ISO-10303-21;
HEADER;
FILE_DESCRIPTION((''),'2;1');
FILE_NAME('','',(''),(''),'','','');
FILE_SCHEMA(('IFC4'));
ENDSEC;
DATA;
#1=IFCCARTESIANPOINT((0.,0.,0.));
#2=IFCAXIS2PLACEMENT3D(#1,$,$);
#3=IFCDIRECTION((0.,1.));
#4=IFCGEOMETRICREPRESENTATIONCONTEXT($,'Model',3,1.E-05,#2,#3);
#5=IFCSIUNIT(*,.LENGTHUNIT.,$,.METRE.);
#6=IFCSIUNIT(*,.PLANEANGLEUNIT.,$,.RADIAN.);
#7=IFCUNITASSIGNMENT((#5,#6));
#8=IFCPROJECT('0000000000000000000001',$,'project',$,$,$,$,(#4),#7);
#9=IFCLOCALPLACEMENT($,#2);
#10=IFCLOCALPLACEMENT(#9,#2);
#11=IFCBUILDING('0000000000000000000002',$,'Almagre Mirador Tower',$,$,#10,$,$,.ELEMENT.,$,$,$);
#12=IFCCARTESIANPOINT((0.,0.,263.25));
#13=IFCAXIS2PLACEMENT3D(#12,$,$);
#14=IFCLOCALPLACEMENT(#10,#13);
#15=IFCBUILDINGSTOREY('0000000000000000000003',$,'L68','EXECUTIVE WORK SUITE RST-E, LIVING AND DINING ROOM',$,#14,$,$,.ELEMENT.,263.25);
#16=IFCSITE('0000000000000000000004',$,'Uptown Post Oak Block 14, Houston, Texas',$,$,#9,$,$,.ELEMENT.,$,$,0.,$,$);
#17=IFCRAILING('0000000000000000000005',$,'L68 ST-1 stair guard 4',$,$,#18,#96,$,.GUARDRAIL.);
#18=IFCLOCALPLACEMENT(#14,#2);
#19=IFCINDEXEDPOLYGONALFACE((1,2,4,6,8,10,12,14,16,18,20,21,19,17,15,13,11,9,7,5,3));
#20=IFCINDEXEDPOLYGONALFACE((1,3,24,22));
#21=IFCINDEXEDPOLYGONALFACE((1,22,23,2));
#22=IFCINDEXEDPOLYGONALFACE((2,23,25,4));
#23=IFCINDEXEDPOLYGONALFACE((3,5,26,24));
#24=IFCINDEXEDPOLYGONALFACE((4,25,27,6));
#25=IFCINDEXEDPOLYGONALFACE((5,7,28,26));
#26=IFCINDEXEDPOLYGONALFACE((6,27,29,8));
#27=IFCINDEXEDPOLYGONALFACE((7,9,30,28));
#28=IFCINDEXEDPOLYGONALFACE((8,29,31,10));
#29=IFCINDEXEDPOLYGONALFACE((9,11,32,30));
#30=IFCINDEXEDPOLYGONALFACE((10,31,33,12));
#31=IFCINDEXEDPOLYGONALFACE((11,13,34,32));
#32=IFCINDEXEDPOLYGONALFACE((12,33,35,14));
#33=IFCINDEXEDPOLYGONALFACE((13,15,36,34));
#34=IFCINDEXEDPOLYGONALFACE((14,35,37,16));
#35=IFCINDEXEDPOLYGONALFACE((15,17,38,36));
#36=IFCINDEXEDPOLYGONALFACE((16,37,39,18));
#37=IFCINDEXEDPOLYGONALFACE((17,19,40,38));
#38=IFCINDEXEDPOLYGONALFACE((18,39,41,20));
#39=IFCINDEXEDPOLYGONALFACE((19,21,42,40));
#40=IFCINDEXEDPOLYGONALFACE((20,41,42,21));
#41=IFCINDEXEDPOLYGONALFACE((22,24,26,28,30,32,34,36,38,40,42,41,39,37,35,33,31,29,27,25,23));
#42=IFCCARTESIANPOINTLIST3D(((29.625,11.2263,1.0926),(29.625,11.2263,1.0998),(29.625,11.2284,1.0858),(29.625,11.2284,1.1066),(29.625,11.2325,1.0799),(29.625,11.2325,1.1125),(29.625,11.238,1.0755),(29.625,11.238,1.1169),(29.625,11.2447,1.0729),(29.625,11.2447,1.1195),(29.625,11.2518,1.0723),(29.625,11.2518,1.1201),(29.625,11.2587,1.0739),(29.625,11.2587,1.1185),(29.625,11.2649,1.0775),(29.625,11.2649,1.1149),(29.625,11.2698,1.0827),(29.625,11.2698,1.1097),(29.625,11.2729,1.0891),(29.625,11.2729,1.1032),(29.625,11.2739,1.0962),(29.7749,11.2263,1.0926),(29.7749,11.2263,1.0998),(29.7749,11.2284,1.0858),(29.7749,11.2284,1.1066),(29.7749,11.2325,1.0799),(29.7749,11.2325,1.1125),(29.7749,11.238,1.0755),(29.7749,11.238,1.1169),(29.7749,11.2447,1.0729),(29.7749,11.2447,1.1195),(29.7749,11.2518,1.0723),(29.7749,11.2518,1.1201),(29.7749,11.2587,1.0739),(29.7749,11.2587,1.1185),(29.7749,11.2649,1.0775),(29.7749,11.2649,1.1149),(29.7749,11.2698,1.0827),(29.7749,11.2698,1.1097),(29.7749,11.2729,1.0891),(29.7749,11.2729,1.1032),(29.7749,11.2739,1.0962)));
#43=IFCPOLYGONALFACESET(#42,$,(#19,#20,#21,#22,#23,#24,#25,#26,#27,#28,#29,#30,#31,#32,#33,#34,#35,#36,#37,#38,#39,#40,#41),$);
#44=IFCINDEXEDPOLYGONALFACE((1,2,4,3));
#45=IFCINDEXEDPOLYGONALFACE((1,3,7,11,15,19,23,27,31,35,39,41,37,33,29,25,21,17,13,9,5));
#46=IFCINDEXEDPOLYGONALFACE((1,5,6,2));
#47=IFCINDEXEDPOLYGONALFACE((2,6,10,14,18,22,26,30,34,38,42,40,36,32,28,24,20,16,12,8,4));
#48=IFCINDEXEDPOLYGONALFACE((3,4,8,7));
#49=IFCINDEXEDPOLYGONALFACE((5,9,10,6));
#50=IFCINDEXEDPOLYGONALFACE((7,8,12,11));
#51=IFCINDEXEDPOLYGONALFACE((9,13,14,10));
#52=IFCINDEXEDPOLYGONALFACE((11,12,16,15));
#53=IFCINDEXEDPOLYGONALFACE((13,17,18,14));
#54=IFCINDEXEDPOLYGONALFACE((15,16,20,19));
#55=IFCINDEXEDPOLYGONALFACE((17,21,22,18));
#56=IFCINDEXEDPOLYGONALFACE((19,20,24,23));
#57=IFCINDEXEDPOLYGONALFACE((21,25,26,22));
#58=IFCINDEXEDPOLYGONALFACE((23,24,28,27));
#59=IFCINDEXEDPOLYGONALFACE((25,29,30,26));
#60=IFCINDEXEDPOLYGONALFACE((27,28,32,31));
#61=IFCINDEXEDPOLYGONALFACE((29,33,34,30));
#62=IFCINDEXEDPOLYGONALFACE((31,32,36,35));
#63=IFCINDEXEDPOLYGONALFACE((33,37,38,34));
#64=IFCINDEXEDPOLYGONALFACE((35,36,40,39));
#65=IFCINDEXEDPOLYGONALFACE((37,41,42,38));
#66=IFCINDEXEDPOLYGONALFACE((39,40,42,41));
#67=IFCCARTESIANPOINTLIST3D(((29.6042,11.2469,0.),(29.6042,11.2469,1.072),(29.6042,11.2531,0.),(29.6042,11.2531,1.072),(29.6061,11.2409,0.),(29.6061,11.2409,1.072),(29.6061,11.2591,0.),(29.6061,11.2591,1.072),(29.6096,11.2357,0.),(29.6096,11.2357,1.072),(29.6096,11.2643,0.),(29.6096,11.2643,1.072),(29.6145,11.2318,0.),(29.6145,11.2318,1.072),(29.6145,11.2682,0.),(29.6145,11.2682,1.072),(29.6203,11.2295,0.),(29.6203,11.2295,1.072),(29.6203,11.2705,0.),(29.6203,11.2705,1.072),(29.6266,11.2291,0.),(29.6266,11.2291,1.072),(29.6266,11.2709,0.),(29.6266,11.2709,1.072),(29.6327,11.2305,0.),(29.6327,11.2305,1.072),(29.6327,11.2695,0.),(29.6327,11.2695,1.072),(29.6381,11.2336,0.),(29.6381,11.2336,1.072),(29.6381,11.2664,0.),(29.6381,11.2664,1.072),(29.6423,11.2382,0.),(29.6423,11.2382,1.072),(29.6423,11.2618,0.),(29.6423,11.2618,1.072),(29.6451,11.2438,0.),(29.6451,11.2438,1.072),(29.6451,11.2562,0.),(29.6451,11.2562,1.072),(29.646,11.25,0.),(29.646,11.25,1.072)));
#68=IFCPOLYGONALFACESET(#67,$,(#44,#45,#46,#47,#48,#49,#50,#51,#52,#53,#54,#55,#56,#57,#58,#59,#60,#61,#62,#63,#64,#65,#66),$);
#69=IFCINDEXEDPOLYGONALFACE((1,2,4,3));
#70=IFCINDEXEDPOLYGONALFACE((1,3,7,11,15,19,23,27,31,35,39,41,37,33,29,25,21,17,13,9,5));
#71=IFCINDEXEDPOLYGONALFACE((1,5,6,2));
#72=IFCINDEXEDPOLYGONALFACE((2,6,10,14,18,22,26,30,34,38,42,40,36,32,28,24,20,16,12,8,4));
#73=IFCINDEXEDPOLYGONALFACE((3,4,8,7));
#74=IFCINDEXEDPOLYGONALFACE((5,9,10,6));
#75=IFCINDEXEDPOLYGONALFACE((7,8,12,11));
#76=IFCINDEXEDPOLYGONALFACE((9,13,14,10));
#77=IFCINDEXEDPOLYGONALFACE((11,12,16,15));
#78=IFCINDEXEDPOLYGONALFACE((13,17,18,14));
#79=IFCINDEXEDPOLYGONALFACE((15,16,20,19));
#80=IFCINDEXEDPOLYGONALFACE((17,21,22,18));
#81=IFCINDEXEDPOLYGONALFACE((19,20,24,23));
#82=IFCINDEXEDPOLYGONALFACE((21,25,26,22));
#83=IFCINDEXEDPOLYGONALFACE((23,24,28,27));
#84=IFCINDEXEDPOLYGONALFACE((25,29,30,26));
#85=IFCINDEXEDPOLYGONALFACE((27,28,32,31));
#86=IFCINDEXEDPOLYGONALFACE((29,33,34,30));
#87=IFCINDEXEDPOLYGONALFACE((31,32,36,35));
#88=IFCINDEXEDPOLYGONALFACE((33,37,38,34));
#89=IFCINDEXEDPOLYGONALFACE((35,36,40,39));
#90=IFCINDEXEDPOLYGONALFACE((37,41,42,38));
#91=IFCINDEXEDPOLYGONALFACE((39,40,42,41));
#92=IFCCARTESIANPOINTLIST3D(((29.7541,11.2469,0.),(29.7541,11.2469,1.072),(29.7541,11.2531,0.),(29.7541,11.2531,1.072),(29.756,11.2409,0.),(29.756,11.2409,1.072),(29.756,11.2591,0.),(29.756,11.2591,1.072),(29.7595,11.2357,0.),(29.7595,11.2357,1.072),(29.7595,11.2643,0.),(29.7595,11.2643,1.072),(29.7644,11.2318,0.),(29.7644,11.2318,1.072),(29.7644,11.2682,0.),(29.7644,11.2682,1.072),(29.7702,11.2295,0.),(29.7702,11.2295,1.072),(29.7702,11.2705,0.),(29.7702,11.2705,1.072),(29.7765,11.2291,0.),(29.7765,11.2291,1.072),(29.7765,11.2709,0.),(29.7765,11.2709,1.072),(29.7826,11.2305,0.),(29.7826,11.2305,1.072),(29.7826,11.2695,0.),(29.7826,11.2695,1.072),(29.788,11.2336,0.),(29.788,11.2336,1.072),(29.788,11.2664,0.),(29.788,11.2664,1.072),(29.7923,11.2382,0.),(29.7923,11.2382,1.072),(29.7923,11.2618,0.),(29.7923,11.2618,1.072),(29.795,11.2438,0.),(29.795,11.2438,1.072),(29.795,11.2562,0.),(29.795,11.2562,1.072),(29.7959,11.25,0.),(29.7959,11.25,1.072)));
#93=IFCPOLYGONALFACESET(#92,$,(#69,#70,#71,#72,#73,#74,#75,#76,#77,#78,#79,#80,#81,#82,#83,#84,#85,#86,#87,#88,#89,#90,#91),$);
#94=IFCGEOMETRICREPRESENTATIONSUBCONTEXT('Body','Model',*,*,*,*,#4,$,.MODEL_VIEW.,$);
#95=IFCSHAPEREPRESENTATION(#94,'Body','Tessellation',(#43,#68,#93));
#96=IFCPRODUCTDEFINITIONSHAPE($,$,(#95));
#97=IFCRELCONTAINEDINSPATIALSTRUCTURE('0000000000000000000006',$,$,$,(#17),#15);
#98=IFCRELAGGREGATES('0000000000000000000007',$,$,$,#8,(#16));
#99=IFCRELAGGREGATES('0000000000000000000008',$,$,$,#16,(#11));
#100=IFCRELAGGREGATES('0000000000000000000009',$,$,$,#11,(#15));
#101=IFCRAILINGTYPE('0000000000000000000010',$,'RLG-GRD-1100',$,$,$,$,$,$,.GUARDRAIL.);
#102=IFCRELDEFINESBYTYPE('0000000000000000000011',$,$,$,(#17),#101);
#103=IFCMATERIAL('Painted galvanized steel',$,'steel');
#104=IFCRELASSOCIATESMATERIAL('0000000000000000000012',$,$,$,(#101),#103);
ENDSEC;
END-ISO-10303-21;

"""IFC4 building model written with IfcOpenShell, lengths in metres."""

from ifc_helpers import new_model, si_unit, direction, frame, origin, origin_2d, place, context, subcontext, project, spatial, circle, extrude, material, type_object, element, save


model = new_model("IFC4")

# Units and contexts
model_context = context("Model", 3, precision=1e-05, world=origin(), true_north=direction((0.0, 1.0)))
body_context = subcontext(model_context, "Body", "Model", "MODEL_VIEW")
ifc_project = project(units=[si_unit("LENGTHUNIT", "METRE"), si_unit("PLANEANGLEUNIT", "RADIAN")], contexts=[model_context])

# Site, building, storey
site_placement = place(None, origin())
site = spatial("IfcSite", under=ifc_project, at=site_placement, Name="Uptown Post Oak Block 14, Houston, Texas", CompositionType="ELEMENT", RefElevation=0.0)
building_placement = place(site_placement, origin())
building = spatial("IfcBuilding", under=site, at=building_placement, Name="Almagre Mirador Tower", CompositionType="ELEMENT")
storey_placement = place(building_placement, frame((0.0, 0.0, 263.25)))
storey = spatial("IfcBuildingStorey", under=building, at=storey_placement, Name="L68", Description="EXECUTIVE WORK SUITE RST-E, LIVING AND DINING ROOM", CompositionType="ELEMENT", Elevation=263.25)

# Railing
ifc_material_1 = material(Name="Painted galvanized steel", Category="steel")
railing_type_1 = type_object("IfcRailingType", Name="RLG-GRD-1100", PredefinedType="GUARDRAIL", material=ifc_material_1)
railing_1_placement = place(storey_placement, frame((29.625, 11.25, 0.0)))
element("IfcRailing", 1, at=railing_1_placement, inside=storey, type_object=railing_type_1, Name="L68 ST-1 stair guard 4", PredefinedType="GUARDRAIL", context=body_context, shape_type="SweptSolid", body=[
    extrude(circle(Radius=0.0239, at=origin_2d()), frame((0.0, 0.0, 1.0962), z_axis=(1.0, 0.0, 0.0), x_axis=(0.0, 1.0, 0.0)), (0.0, 0.0, 1.0), 0.1499),
    extrude(circle(Radius=0.021, at=origin_2d()), origin(), (0.0, 0.0, 1.0), 1.072),
    extrude(circle(Radius=0.021, at=origin_2d()), frame((0.1499, 0.0, 0.0)), (0.0, 0.0, 1.0), 1.072),
])

save(model, "model.ifc")
